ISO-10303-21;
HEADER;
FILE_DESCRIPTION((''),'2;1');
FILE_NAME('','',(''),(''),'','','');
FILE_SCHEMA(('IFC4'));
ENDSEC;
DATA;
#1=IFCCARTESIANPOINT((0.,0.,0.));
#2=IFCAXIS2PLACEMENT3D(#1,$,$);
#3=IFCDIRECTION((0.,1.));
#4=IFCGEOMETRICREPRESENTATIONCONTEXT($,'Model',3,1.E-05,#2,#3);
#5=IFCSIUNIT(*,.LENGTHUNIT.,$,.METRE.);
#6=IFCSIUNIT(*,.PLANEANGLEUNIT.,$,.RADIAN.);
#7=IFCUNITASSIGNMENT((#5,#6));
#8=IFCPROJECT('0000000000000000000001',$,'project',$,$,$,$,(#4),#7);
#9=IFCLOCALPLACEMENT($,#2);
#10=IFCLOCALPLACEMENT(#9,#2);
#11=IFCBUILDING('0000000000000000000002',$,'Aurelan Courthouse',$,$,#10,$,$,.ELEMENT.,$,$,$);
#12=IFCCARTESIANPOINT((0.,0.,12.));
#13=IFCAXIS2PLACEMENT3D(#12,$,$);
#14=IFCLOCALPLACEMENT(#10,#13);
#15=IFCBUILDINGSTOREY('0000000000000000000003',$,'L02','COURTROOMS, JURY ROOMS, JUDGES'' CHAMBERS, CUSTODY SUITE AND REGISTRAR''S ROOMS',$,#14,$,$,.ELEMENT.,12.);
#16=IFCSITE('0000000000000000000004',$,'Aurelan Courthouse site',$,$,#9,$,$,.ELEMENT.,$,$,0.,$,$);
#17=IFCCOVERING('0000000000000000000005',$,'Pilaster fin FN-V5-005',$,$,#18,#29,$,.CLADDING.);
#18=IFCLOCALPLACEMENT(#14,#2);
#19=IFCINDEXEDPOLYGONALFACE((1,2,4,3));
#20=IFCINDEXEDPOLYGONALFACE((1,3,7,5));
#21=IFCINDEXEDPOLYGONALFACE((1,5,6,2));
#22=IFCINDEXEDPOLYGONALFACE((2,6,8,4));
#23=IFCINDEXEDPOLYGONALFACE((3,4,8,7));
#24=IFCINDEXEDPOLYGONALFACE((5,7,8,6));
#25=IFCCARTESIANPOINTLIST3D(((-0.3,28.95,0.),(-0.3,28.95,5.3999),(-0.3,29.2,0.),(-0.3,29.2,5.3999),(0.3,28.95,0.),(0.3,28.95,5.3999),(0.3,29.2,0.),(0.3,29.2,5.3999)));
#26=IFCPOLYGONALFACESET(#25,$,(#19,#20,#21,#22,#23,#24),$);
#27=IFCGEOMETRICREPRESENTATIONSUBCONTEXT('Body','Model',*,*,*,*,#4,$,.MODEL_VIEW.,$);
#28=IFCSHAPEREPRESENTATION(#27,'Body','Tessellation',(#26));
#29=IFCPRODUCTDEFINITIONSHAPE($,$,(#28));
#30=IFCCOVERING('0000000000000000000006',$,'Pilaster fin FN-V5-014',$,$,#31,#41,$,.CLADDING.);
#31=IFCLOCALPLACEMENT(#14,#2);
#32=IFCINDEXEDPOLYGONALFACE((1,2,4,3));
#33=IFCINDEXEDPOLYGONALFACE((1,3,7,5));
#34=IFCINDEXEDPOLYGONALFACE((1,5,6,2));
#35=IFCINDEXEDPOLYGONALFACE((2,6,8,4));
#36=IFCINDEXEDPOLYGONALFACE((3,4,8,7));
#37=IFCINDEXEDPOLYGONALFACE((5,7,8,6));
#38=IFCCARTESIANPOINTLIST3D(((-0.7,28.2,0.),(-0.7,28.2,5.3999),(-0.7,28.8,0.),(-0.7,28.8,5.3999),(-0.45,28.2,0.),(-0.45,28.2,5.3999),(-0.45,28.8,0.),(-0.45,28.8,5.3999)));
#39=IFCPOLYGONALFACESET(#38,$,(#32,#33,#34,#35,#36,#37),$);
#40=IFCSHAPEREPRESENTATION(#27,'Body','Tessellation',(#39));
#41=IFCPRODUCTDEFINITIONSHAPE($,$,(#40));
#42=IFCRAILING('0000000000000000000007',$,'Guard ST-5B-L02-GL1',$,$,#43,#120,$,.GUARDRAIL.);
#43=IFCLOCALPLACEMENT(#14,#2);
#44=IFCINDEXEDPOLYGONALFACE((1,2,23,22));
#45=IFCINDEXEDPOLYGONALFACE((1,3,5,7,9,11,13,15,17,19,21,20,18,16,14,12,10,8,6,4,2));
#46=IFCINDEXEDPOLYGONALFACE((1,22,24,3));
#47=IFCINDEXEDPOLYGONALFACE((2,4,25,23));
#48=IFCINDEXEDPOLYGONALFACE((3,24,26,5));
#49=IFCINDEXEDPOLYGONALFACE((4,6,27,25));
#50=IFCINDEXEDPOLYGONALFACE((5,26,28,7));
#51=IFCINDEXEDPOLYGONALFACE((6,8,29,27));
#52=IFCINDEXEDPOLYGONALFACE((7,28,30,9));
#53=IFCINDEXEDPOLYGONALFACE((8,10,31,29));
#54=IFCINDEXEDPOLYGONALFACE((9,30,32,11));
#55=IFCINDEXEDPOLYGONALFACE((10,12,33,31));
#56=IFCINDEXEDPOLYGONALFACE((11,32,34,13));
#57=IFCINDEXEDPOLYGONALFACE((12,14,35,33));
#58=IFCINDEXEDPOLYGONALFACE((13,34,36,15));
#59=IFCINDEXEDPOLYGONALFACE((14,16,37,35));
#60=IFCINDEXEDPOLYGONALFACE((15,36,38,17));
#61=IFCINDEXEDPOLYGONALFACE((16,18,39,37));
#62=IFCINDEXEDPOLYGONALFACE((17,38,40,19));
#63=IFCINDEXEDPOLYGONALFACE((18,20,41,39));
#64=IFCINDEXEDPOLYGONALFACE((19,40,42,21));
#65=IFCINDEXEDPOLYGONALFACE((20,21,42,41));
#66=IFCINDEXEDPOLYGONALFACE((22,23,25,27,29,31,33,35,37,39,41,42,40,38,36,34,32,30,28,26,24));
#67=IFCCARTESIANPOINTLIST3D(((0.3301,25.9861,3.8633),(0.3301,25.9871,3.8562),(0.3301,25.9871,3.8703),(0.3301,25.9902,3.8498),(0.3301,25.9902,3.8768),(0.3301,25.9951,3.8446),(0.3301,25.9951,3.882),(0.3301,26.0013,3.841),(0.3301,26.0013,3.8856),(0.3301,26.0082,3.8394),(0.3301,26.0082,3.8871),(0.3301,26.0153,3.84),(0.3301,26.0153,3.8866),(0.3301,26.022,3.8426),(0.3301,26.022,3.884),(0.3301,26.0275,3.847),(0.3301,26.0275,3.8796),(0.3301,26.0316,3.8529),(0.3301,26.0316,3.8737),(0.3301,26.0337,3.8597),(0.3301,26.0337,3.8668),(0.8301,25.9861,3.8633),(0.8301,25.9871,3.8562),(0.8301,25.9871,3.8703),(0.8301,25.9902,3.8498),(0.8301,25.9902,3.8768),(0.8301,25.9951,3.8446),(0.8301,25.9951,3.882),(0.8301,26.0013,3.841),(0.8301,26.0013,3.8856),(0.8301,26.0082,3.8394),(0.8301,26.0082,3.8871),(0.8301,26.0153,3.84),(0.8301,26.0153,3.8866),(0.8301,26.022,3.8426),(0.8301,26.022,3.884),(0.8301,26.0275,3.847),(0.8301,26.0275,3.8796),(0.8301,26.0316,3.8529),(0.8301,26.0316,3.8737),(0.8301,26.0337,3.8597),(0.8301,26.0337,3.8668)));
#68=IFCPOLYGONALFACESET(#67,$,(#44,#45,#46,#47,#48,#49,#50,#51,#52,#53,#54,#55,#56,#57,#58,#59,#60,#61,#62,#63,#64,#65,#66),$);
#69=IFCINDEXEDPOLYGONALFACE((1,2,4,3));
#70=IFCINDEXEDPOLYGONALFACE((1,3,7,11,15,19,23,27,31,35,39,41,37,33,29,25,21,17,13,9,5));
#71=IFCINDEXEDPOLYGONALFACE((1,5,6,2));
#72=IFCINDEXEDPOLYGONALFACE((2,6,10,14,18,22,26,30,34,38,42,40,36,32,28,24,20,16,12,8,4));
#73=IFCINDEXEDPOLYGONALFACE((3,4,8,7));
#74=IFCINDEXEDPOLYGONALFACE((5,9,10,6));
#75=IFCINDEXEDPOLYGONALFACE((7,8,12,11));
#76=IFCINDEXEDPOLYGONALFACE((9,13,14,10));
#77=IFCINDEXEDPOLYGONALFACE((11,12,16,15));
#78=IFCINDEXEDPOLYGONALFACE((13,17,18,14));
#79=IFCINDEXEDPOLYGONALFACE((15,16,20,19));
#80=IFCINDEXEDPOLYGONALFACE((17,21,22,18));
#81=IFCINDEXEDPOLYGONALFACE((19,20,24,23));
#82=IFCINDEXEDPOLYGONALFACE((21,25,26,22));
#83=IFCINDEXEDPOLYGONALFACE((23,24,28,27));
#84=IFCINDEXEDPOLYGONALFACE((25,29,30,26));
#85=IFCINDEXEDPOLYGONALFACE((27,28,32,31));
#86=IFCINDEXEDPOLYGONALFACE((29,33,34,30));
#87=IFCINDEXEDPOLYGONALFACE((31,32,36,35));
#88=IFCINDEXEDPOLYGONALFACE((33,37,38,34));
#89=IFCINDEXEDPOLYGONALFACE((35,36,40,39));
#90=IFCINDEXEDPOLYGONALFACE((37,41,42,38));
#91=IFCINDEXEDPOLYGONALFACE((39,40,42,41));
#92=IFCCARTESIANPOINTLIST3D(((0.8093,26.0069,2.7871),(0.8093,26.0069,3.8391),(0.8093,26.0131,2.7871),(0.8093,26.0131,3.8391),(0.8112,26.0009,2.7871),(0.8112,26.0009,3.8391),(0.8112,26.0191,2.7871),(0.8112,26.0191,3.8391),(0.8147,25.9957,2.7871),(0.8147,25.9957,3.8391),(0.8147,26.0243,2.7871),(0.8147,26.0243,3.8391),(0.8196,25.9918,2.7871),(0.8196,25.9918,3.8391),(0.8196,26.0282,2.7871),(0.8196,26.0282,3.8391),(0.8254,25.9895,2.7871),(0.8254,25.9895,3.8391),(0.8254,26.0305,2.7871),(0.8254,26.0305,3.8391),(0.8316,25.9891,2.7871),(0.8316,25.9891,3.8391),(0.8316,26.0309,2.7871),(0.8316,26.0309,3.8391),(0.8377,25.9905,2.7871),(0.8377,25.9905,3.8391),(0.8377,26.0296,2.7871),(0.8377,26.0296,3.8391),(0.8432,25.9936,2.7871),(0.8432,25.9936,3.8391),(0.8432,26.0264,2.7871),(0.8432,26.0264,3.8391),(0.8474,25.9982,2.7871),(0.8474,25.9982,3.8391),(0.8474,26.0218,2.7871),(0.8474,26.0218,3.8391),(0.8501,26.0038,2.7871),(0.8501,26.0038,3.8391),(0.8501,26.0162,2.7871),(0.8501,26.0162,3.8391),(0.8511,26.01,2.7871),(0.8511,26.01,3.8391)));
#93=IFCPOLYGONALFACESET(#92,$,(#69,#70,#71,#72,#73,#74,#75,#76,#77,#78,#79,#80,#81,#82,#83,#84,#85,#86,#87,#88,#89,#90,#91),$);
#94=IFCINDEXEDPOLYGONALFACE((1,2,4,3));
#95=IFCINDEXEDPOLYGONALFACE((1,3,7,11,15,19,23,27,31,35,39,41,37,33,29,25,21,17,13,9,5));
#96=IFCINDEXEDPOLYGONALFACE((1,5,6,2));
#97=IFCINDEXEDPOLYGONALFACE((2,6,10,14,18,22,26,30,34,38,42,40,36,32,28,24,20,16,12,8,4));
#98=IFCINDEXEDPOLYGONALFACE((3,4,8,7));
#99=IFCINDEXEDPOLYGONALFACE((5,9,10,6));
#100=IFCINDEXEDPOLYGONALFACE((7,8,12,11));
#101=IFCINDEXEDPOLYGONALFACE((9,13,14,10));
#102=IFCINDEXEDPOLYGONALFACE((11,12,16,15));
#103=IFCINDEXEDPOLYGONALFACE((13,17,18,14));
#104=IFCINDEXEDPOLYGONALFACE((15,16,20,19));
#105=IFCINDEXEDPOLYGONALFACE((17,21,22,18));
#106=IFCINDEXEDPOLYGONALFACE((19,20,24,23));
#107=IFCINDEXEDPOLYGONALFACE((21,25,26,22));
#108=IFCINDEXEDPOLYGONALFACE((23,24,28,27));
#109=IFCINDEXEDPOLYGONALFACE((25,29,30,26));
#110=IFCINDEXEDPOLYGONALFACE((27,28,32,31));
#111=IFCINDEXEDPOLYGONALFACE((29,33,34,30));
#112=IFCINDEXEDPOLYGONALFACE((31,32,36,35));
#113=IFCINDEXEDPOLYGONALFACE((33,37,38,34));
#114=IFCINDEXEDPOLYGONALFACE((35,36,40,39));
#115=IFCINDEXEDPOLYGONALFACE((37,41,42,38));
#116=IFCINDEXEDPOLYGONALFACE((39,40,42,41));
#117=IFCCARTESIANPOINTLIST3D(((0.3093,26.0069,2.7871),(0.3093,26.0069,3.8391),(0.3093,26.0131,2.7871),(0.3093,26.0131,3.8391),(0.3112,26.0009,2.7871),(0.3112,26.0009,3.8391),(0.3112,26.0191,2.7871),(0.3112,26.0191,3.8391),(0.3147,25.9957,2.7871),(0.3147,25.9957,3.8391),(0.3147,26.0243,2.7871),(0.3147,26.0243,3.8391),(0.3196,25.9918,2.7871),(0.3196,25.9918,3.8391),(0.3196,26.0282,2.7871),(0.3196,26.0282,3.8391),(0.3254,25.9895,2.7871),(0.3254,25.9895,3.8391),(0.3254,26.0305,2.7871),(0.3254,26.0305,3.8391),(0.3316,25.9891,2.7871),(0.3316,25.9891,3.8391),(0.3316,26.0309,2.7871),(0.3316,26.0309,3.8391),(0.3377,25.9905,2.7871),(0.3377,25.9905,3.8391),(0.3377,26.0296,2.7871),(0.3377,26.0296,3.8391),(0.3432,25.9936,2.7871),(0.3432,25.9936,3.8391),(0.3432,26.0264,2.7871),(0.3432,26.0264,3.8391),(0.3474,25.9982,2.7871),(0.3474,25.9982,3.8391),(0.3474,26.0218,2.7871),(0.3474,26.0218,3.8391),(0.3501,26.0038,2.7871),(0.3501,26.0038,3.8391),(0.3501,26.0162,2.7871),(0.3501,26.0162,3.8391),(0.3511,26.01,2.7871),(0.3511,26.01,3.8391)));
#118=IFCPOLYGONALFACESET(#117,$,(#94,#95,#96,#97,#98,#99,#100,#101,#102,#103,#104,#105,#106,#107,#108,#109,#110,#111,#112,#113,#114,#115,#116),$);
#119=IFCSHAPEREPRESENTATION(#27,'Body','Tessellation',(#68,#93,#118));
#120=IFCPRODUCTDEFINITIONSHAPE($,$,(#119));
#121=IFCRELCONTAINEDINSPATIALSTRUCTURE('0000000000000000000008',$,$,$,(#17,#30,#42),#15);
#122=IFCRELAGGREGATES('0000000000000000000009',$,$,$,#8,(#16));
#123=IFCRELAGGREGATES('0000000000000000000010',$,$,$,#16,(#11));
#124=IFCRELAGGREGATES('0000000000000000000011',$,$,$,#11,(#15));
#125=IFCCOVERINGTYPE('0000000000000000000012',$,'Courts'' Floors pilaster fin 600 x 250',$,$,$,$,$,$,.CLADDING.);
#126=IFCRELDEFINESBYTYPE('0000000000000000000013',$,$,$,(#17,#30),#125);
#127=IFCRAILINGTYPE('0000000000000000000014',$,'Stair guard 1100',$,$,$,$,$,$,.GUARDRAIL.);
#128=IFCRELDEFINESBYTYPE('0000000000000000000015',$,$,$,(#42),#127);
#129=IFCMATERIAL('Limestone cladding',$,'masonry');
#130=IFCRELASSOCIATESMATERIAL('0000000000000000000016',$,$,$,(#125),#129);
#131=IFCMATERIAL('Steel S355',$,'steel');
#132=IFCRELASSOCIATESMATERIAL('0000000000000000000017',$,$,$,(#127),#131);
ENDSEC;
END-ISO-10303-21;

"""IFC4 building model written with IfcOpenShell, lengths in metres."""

from ifc_helpers import new_model, si_unit, direction, frame, origin, origin_2d, place, context, subcontext, project, spatial, rectangle, circle, extrude, material, type_object, element, save


model = new_model("IFC4")

# Units and contexts
model_context = context("Model", 3, precision=1e-05, world=origin(), true_north=direction((0.0, 1.0)))
body_context = subcontext(model_context, "Body", "Model", "MODEL_VIEW")
ifc_project = project(units=[si_unit("LENGTHUNIT", "METRE"), si_unit("PLANEANGLEUNIT", "RADIAN")], contexts=[model_context])

# Site, building, storey
site_placement = place(None, origin())
site = spatial("IfcSite", under=ifc_project, at=site_placement, Name="Aurelan Courthouse site", CompositionType="ELEMENT", RefElevation=0.0)
building_placement = place(site_placement, origin())
building = spatial("IfcBuilding", under=site, at=building_placement, Name="Aurelan Courthouse", CompositionType="ELEMENT")
storey_placement = place(building_placement, frame((0.0, 0.0, 12.0)))
storey = spatial("IfcBuildingStorey", under=building, at=storey_placement, Name="L02", Description="COURTROOMS, JURY ROOMS, JUDGES' CHAMBERS, CUSTODY SUITE AND REGISTRAR'S ROOMS", CompositionType="ELEMENT", Elevation=12.0)

# Shared definitions
ifc_material_1 = material(Name="Limestone cladding", Category="masonry")

# Coverings
covering_type_1 = type_object("IfcCoveringType", Name="Courts' Floors pilaster fin 600 x 250", PredefinedType="CLADDING", material=ifc_material_1)
covering_1_placement = place(storey_placement, frame((0.0, 29.075, 0.0), z_axis=(0.0, 0.0, 1.0), x_axis=(1.0, 0.0, 0.0)))
element("IfcCovering", 1, at=covering_1_placement, inside=storey, type_object=covering_type_1, Name="Pilaster fin FN-V5-005", PredefinedType="CLADDING", context=body_context, shape_type="SweptSolid", body=[
    extrude(rectangle(XDim=0.6001, YDim=0.25, at=origin_2d()), origin(), (0.0, 0.0, 1.0), 5.3999),
])
covering_2_placement = place(storey_placement, frame((-0.575, 28.5, 0.0), z_axis=(0.0, 0.0, 1.0), x_axis=(1.0, 0.0, 0.0)))
element("IfcCovering", 2, at=covering_2_placement, inside=storey, type_object=covering_type_1, Name="Pilaster fin FN-V5-014", PredefinedType="CLADDING", context=body_context, shape_type="SweptSolid", body=[
    extrude(rectangle(XDim=0.25, YDim=0.6001, at=origin_2d()), origin(), (0.0, 0.0, 1.0), 5.3999),
])

# Railing
ifc_material_2 = material(Name="Steel S355", Category="steel")
railing_type_1 = type_object("IfcRailingType", Name="Stair guard 1100", PredefinedType="GUARDRAIL", material=ifc_material_2)
railing_placement = place(storey_placement, frame((0.8301, 26.01, 2.7871)))
element("IfcRailing", 3, at=railing_placement, inside=storey, type_object=railing_type_1, Name="Guard ST-5B-L02-GL1", PredefinedType="GUARDRAIL", context=body_context, shape_type="SweptSolid", body=[
    extrude(circle(Radius=0.0239, at=origin_2d()), frame((0.0, 0.0, 1.0762), z_axis=(-1.0, 0.0, 0.0), x_axis=(0.0, -1.0, 0.0)), (0.0, 0.0, 1.0), 0.5),
    extrude(circle(Radius=0.021, at=origin_2d()), origin(), (0.0, 0.0, 1.0), 1.052),
    extrude(circle(Radius=0.021, at=origin_2d()), frame((-0.5, 0.0, 0.0)), (0.0, 0.0, 1.0), 1.052),
])

save(model, "model.ifc")
